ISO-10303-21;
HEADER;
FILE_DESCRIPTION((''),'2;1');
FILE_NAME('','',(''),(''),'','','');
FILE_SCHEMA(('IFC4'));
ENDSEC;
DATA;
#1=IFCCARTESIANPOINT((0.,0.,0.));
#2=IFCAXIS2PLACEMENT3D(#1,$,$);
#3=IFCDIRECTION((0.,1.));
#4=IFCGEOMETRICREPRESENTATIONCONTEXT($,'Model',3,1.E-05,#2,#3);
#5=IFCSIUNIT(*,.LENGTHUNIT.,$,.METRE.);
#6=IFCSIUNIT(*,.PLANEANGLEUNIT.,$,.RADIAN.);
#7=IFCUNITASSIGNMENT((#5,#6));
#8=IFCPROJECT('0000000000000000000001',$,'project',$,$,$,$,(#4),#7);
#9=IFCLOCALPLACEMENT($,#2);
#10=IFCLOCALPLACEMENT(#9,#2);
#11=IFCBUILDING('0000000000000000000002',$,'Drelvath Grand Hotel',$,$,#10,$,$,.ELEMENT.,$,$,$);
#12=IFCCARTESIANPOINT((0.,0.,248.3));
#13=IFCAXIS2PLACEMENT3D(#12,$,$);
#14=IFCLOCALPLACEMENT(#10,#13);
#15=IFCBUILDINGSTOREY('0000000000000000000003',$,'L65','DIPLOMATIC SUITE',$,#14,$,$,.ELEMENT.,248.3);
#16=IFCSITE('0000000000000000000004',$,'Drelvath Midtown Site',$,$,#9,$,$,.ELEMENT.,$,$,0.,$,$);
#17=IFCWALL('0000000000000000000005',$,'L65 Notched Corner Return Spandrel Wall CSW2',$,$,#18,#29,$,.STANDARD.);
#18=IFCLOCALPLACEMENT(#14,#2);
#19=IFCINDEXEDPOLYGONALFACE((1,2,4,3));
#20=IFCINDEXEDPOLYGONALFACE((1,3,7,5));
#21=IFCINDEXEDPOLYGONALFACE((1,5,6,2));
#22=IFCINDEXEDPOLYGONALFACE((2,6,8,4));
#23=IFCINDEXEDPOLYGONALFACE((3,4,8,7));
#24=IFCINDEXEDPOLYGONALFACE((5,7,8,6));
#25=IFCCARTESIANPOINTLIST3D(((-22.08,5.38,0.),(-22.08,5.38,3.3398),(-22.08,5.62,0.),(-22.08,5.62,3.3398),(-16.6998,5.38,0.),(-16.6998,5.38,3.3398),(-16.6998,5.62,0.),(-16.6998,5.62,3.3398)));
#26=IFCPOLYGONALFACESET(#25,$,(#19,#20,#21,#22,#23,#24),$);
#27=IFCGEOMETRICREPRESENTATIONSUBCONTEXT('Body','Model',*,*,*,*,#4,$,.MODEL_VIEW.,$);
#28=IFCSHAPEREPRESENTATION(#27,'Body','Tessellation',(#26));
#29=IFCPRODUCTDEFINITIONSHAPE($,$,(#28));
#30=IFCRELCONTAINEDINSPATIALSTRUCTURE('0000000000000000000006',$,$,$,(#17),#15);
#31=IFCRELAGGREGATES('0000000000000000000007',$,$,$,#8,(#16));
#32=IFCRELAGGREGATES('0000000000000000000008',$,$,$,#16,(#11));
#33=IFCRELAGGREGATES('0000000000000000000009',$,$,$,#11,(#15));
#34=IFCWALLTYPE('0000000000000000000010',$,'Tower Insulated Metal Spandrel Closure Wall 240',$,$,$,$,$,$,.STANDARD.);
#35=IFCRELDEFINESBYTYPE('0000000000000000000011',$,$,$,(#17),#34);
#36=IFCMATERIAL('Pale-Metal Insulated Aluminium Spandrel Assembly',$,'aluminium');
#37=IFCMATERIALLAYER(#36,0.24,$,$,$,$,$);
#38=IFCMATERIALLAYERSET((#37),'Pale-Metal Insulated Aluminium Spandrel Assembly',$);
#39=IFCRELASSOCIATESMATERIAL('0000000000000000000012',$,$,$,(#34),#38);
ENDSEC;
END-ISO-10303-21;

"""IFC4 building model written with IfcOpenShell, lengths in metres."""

from ifc_helpers import new_model, si_unit, direction, frame, frame_2d, origin, place, context, subcontext, project, spatial, rectangle, extrude, material, layer, layer_set, type_object, element, save


model = new_model("IFC4")

# Units and contexts
model_context = context("Model", 3, precision=1e-05, world=origin(), true_north=direction((0.0, 1.0)))
body_context = subcontext(model_context, "Body", "Model", "MODEL_VIEW")
ifc_project = project(units=[si_unit("LENGTHUNIT", "METRE"), si_unit("PLANEANGLEUNIT", "RADIAN")], contexts=[model_context])

# Site, building, storey
site_placement = place(None, origin())
site = spatial("IfcSite", under=ifc_project, at=site_placement, Name="Drelvath Midtown Site", CompositionType="ELEMENT", RefElevation=0.0)
building_placement = place(site_placement, origin())
building = spatial("IfcBuilding", under=site, at=building_placement, Name="Drelvath Grand Hotel", CompositionType="ELEMENT")
storey_placement = place(building_placement, frame((0.0, 0.0, 248.3)))
storey = spatial("IfcBuildingStorey", under=building, at=storey_placement, Name="L65", Description="DIPLOMATIC SUITE", CompositionType="ELEMENT", Elevation=248.3)

# Wall
ifc_material_1 = material(Name="Pale-Metal Insulated Aluminium Spandrel Assembly", Category="aluminium")
ifc_layer_1 = layer(ifc_material_1, 0.24)
ifc_layer_set_1 = layer_set([ifc_layer_1], Name="Pale-Metal Insulated Aluminium Spandrel Assembly")
wall_type_1 = type_object("IfcWallType", Name="Tower Insulated Metal Spandrel Closure Wall 240", PredefinedType="STANDARD", material=ifc_layer_set_1)
wall_1_placement = place(storey_placement, frame((-16.7, 5.5, 0.0), z_axis=(0.0, 0.0, 1.0), x_axis=(-1.0, 0.0, 0.0)))
element("IfcWall", 1, at=wall_1_placement, inside=storey, type_object=wall_type_1, Name="L65 Notched Corner Return Spandrel Wall CSW2", PredefinedType="STANDARD", context=body_context, shape_type="SweptSolid", body=[
    extrude(rectangle(XDim=5.3801, YDim=0.24, at=frame_2d((2.6899, 0.0))), origin(), (0.0, 0.0, 1.0), 3.3398),
])

save(model, "model.ifc")
